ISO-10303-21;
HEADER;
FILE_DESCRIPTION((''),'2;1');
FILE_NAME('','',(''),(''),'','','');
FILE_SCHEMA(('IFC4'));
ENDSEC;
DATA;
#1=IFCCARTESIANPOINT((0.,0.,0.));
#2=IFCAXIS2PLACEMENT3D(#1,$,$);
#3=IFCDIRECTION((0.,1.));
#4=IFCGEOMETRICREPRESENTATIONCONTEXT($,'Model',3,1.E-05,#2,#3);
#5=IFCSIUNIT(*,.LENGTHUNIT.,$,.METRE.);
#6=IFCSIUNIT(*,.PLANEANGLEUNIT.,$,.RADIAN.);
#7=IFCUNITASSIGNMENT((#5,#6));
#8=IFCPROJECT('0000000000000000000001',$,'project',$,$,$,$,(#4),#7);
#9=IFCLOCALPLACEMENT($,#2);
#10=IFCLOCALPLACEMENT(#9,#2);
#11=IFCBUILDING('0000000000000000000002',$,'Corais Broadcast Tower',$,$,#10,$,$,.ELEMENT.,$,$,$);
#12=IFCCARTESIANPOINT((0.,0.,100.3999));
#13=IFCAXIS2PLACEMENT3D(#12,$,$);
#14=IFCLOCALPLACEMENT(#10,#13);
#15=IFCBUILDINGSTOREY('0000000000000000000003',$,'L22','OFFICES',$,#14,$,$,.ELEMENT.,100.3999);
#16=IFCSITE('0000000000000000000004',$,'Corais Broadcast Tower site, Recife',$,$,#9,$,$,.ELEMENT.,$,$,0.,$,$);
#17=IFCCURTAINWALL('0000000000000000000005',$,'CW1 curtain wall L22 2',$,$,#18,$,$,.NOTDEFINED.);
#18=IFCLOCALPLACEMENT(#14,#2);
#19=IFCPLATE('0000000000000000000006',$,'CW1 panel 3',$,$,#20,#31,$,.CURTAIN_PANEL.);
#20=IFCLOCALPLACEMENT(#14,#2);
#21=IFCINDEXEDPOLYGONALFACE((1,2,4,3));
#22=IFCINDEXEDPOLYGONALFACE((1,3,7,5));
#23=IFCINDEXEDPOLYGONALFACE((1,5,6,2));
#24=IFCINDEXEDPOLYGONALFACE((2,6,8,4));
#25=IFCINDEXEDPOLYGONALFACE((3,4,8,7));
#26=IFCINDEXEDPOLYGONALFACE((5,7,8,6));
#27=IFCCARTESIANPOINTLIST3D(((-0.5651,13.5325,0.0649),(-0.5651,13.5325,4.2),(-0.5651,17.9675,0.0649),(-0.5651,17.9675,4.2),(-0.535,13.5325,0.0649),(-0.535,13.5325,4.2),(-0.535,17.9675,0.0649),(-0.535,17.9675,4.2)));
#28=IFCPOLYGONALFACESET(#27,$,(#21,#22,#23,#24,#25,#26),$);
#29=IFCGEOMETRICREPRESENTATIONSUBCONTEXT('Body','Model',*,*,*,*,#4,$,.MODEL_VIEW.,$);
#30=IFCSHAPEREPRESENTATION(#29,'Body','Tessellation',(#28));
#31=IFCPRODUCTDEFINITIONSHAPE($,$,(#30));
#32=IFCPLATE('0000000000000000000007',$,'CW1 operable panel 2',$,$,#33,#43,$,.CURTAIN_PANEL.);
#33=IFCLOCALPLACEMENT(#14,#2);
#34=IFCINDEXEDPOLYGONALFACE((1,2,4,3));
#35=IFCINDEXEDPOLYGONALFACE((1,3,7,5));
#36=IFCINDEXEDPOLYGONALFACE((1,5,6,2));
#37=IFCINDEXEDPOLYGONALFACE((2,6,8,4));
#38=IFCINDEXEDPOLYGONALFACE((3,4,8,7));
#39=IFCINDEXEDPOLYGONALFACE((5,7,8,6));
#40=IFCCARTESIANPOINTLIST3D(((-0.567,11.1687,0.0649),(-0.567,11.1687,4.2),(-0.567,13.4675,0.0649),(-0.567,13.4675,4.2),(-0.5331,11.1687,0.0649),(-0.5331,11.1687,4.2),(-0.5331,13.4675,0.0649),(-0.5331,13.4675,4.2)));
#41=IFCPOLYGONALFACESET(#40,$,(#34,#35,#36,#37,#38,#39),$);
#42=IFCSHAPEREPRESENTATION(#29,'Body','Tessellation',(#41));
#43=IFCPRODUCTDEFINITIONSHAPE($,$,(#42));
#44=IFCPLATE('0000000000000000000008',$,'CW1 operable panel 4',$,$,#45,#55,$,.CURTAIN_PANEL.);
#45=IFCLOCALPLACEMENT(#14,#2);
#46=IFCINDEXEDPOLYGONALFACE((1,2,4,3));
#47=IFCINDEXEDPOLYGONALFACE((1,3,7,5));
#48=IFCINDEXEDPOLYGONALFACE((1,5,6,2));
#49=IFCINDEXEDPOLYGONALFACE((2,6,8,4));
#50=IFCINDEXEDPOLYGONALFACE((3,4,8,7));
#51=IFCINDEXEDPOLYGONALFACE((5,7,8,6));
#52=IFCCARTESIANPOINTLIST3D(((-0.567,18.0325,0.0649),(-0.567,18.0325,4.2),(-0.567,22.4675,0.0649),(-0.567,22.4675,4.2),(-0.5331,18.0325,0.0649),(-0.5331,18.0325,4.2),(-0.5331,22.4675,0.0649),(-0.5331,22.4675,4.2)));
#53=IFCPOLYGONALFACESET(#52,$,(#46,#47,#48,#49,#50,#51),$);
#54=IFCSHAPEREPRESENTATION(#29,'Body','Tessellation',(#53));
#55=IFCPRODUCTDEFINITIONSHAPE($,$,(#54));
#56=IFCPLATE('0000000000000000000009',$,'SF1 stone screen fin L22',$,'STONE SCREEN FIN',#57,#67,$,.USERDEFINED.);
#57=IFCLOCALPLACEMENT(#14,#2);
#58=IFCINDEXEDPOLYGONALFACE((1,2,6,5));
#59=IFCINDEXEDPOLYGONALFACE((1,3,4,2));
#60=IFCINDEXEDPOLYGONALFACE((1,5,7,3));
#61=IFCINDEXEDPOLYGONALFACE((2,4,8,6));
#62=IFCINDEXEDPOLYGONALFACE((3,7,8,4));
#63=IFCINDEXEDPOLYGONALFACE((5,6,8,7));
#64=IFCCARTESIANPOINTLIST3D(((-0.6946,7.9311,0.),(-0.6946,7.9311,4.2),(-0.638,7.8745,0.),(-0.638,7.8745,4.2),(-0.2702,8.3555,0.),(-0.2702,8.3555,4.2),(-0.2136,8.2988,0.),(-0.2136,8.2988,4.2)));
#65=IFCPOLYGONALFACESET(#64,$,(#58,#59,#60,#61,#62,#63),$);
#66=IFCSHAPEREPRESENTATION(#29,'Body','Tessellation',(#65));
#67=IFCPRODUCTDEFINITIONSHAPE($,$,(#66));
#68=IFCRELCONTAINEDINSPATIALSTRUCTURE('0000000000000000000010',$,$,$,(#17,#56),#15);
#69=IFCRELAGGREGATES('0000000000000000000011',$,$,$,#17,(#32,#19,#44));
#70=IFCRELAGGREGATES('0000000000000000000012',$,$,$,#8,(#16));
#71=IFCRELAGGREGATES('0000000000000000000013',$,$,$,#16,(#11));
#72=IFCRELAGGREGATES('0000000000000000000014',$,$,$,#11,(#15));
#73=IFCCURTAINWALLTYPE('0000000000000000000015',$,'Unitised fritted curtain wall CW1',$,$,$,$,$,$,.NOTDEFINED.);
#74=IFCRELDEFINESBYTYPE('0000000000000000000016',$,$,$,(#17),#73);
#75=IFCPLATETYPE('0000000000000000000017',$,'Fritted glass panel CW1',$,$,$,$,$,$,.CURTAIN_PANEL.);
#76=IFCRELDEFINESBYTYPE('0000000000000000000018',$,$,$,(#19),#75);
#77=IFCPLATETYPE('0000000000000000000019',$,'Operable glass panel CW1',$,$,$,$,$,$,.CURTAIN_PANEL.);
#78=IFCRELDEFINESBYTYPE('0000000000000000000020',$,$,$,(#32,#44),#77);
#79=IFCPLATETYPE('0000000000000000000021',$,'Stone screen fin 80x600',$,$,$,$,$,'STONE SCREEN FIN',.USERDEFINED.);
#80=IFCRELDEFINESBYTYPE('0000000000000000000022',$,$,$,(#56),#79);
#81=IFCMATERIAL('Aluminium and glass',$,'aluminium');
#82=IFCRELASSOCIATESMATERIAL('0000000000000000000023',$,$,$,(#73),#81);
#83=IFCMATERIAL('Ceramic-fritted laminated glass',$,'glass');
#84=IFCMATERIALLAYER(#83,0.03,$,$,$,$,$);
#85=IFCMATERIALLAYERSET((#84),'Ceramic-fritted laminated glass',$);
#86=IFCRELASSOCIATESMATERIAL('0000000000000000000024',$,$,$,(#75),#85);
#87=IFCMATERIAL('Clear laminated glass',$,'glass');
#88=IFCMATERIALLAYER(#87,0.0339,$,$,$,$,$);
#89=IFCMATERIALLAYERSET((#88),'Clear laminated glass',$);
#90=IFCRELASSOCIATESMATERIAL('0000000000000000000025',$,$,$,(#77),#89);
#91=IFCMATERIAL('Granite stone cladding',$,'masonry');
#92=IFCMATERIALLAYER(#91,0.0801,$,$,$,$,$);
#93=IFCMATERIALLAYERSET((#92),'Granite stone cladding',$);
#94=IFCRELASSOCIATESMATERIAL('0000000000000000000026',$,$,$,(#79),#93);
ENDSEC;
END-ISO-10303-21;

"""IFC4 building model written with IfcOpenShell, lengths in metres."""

from ifc_helpers import new_model, si_unit, direction, frame, origin, origin_2d, place, context, subcontext, project, spatial, rectangle, extrude, material, layer, layer_set, type_object, element, aggregate, save


model = new_model("IFC4")

# Units and contexts
model_context = context("Model", 3, precision=1e-05, world=origin(), true_north=direction((0.0, 1.0)))
body_context = subcontext(model_context, "Body", "Model", "MODEL_VIEW")
ifc_project = project(units=[si_unit("LENGTHUNIT", "METRE"), si_unit("PLANEANGLEUNIT", "RADIAN")], contexts=[model_context])

# Site, building, storey
site_placement = place(None, origin())
site = spatial("IfcSite", under=ifc_project, at=site_placement, Name="Corais Broadcast Tower site, Recife", CompositionType="ELEMENT", RefElevation=0.0)
building_placement = place(site_placement, origin())
building = spatial("IfcBuilding", under=site, at=building_placement, Name="Corais Broadcast Tower", CompositionType="ELEMENT")
storey_placement = place(building_placement, frame((0.0, 0.0, 100.3999)))
storey = spatial("IfcBuildingStorey", under=building, at=storey_placement, Name="L22", Description="OFFICES", CompositionType="ELEMENT", Elevation=100.3999)

# Shared definitions
ifc_material_1 = material(Name="Aluminium and glass", Category="aluminium")
curtain_wall_type = type_object("IfcCurtainWallType", Name="Unitised fritted curtain wall CW1", PredefinedType="NOTDEFINED", material=ifc_material_1)

# Curtain wall
curtain_wall_1_placement = place(storey_placement, origin())
curtain_wall_1 = element("IfcCurtainWall", 1, at=curtain_wall_1_placement, inside=storey, type_object=curtain_wall_type, Name="CW1 curtain wall L22 2", PredefinedType="NOTDEFINED")

# Plates
ifc_material_2 = material(Name="Ceramic-fritted laminated glass", Category="glass")
ifc_layer_1 = layer(ifc_material_2, 0.03)
ifc_layer_set_1 = layer_set([ifc_layer_1], Name="Ceramic-fritted laminated glass")
plate_type_1 = type_object("IfcPlateType", Name="Fritted glass panel CW1", PredefinedType="CURTAIN_PANEL", material=ifc_layer_set_1)
plate_1_placement = place(storey_placement, frame((-0.55, 15.75, 0.0649), z_axis=(0.0, 0.0, 1.0), x_axis=(0.0, 1.0, 0.0)))
plate_1 = element("IfcPlate", 2, at=plate_1_placement, type_object=plate_type_1, Name="CW1 panel 3", PredefinedType="CURTAIN_PANEL", context=body_context, shape_type="SweptSolid", body=[
    extrude(rectangle(XDim=4.4351, YDim=0.03, at=origin_2d()), origin(), (0.0, 0.0, 1.0), 4.135),
])
ifc_material_3 = material(Name="Clear laminated glass", Category="glass")
ifc_layer_2 = layer(ifc_material_3, 0.0339)
ifc_layer_set_2 = layer_set([ifc_layer_2], Name="Clear laminated glass")
plate_type_2 = type_object("IfcPlateType", Name="Operable glass panel CW1", PredefinedType="CURTAIN_PANEL", material=ifc_layer_set_2)
plate_2_placement = place(storey_placement, frame((-0.55, 12.3181, 0.0649), z_axis=(0.0, 0.0, 1.0), x_axis=(0.0, 1.0, 0.0)))
plate_2 = element("IfcPlate", 3, at=plate_2_placement, type_object=plate_type_2, Name="CW1 operable panel 2", PredefinedType="CURTAIN_PANEL", context=body_context, shape_type="SweptSolid", body=[
    extrude(rectangle(XDim=2.2988, YDim=0.0339, at=origin_2d()), origin(), (0.0, 0.0, 1.0), 4.135),
])
plate_3_placement = place(storey_placement, frame((-0.55, 20.25, 0.0649), z_axis=(0.0, 0.0, 1.0), x_axis=(0.0, 1.0, 0.0)))
plate_3 = element("IfcPlate", 4, at=plate_3_placement, type_object=plate_type_2, Name="CW1 operable panel 4", PredefinedType="CURTAIN_PANEL", context=body_context, shape_type="SweptSolid", body=[
    extrude(rectangle(XDim=4.4351, YDim=0.0339, at=origin_2d()), origin(), (0.0, 0.0, 1.0), 4.135),
])
aggregate(curtain_wall_1, [plate_2, plate_1, plate_3])
ifc_material_4 = material(Name="Granite stone cladding", Category="masonry")
ifc_layer_3 = layer(ifc_material_4, 0.0801)
ifc_layer_set_3 = layer_set([ifc_layer_3], Name="Granite stone cladding")
plate_type_3 = type_object("IfcPlateType", Name="Stone screen fin 80x600", ElementType="STONE SCREEN FIN", PredefinedType="USERDEFINED", material=ifc_layer_set_3)
plate_4_placement = place(storey_placement, frame((-0.4541, 8.115, 0.0), z_axis=(0.0, 0.0, 1.0), x_axis=(-0.707107, 0.707107, 0.0)))
element("IfcPlate", 5, at=plate_4_placement, inside=storey, type_object=plate_type_3, Name="SF1 stone screen fin L22", ObjectType="STONE SCREEN FIN", PredefinedType="USERDEFINED", context=body_context, shape_type="SweptSolid", body=[
    extrude(rectangle(XDim=0.0801, YDim=0.6001, at=origin_2d()), origin(), (0.0, 0.0, 1.0), 4.2),
])

save(model, "model.ifc")
